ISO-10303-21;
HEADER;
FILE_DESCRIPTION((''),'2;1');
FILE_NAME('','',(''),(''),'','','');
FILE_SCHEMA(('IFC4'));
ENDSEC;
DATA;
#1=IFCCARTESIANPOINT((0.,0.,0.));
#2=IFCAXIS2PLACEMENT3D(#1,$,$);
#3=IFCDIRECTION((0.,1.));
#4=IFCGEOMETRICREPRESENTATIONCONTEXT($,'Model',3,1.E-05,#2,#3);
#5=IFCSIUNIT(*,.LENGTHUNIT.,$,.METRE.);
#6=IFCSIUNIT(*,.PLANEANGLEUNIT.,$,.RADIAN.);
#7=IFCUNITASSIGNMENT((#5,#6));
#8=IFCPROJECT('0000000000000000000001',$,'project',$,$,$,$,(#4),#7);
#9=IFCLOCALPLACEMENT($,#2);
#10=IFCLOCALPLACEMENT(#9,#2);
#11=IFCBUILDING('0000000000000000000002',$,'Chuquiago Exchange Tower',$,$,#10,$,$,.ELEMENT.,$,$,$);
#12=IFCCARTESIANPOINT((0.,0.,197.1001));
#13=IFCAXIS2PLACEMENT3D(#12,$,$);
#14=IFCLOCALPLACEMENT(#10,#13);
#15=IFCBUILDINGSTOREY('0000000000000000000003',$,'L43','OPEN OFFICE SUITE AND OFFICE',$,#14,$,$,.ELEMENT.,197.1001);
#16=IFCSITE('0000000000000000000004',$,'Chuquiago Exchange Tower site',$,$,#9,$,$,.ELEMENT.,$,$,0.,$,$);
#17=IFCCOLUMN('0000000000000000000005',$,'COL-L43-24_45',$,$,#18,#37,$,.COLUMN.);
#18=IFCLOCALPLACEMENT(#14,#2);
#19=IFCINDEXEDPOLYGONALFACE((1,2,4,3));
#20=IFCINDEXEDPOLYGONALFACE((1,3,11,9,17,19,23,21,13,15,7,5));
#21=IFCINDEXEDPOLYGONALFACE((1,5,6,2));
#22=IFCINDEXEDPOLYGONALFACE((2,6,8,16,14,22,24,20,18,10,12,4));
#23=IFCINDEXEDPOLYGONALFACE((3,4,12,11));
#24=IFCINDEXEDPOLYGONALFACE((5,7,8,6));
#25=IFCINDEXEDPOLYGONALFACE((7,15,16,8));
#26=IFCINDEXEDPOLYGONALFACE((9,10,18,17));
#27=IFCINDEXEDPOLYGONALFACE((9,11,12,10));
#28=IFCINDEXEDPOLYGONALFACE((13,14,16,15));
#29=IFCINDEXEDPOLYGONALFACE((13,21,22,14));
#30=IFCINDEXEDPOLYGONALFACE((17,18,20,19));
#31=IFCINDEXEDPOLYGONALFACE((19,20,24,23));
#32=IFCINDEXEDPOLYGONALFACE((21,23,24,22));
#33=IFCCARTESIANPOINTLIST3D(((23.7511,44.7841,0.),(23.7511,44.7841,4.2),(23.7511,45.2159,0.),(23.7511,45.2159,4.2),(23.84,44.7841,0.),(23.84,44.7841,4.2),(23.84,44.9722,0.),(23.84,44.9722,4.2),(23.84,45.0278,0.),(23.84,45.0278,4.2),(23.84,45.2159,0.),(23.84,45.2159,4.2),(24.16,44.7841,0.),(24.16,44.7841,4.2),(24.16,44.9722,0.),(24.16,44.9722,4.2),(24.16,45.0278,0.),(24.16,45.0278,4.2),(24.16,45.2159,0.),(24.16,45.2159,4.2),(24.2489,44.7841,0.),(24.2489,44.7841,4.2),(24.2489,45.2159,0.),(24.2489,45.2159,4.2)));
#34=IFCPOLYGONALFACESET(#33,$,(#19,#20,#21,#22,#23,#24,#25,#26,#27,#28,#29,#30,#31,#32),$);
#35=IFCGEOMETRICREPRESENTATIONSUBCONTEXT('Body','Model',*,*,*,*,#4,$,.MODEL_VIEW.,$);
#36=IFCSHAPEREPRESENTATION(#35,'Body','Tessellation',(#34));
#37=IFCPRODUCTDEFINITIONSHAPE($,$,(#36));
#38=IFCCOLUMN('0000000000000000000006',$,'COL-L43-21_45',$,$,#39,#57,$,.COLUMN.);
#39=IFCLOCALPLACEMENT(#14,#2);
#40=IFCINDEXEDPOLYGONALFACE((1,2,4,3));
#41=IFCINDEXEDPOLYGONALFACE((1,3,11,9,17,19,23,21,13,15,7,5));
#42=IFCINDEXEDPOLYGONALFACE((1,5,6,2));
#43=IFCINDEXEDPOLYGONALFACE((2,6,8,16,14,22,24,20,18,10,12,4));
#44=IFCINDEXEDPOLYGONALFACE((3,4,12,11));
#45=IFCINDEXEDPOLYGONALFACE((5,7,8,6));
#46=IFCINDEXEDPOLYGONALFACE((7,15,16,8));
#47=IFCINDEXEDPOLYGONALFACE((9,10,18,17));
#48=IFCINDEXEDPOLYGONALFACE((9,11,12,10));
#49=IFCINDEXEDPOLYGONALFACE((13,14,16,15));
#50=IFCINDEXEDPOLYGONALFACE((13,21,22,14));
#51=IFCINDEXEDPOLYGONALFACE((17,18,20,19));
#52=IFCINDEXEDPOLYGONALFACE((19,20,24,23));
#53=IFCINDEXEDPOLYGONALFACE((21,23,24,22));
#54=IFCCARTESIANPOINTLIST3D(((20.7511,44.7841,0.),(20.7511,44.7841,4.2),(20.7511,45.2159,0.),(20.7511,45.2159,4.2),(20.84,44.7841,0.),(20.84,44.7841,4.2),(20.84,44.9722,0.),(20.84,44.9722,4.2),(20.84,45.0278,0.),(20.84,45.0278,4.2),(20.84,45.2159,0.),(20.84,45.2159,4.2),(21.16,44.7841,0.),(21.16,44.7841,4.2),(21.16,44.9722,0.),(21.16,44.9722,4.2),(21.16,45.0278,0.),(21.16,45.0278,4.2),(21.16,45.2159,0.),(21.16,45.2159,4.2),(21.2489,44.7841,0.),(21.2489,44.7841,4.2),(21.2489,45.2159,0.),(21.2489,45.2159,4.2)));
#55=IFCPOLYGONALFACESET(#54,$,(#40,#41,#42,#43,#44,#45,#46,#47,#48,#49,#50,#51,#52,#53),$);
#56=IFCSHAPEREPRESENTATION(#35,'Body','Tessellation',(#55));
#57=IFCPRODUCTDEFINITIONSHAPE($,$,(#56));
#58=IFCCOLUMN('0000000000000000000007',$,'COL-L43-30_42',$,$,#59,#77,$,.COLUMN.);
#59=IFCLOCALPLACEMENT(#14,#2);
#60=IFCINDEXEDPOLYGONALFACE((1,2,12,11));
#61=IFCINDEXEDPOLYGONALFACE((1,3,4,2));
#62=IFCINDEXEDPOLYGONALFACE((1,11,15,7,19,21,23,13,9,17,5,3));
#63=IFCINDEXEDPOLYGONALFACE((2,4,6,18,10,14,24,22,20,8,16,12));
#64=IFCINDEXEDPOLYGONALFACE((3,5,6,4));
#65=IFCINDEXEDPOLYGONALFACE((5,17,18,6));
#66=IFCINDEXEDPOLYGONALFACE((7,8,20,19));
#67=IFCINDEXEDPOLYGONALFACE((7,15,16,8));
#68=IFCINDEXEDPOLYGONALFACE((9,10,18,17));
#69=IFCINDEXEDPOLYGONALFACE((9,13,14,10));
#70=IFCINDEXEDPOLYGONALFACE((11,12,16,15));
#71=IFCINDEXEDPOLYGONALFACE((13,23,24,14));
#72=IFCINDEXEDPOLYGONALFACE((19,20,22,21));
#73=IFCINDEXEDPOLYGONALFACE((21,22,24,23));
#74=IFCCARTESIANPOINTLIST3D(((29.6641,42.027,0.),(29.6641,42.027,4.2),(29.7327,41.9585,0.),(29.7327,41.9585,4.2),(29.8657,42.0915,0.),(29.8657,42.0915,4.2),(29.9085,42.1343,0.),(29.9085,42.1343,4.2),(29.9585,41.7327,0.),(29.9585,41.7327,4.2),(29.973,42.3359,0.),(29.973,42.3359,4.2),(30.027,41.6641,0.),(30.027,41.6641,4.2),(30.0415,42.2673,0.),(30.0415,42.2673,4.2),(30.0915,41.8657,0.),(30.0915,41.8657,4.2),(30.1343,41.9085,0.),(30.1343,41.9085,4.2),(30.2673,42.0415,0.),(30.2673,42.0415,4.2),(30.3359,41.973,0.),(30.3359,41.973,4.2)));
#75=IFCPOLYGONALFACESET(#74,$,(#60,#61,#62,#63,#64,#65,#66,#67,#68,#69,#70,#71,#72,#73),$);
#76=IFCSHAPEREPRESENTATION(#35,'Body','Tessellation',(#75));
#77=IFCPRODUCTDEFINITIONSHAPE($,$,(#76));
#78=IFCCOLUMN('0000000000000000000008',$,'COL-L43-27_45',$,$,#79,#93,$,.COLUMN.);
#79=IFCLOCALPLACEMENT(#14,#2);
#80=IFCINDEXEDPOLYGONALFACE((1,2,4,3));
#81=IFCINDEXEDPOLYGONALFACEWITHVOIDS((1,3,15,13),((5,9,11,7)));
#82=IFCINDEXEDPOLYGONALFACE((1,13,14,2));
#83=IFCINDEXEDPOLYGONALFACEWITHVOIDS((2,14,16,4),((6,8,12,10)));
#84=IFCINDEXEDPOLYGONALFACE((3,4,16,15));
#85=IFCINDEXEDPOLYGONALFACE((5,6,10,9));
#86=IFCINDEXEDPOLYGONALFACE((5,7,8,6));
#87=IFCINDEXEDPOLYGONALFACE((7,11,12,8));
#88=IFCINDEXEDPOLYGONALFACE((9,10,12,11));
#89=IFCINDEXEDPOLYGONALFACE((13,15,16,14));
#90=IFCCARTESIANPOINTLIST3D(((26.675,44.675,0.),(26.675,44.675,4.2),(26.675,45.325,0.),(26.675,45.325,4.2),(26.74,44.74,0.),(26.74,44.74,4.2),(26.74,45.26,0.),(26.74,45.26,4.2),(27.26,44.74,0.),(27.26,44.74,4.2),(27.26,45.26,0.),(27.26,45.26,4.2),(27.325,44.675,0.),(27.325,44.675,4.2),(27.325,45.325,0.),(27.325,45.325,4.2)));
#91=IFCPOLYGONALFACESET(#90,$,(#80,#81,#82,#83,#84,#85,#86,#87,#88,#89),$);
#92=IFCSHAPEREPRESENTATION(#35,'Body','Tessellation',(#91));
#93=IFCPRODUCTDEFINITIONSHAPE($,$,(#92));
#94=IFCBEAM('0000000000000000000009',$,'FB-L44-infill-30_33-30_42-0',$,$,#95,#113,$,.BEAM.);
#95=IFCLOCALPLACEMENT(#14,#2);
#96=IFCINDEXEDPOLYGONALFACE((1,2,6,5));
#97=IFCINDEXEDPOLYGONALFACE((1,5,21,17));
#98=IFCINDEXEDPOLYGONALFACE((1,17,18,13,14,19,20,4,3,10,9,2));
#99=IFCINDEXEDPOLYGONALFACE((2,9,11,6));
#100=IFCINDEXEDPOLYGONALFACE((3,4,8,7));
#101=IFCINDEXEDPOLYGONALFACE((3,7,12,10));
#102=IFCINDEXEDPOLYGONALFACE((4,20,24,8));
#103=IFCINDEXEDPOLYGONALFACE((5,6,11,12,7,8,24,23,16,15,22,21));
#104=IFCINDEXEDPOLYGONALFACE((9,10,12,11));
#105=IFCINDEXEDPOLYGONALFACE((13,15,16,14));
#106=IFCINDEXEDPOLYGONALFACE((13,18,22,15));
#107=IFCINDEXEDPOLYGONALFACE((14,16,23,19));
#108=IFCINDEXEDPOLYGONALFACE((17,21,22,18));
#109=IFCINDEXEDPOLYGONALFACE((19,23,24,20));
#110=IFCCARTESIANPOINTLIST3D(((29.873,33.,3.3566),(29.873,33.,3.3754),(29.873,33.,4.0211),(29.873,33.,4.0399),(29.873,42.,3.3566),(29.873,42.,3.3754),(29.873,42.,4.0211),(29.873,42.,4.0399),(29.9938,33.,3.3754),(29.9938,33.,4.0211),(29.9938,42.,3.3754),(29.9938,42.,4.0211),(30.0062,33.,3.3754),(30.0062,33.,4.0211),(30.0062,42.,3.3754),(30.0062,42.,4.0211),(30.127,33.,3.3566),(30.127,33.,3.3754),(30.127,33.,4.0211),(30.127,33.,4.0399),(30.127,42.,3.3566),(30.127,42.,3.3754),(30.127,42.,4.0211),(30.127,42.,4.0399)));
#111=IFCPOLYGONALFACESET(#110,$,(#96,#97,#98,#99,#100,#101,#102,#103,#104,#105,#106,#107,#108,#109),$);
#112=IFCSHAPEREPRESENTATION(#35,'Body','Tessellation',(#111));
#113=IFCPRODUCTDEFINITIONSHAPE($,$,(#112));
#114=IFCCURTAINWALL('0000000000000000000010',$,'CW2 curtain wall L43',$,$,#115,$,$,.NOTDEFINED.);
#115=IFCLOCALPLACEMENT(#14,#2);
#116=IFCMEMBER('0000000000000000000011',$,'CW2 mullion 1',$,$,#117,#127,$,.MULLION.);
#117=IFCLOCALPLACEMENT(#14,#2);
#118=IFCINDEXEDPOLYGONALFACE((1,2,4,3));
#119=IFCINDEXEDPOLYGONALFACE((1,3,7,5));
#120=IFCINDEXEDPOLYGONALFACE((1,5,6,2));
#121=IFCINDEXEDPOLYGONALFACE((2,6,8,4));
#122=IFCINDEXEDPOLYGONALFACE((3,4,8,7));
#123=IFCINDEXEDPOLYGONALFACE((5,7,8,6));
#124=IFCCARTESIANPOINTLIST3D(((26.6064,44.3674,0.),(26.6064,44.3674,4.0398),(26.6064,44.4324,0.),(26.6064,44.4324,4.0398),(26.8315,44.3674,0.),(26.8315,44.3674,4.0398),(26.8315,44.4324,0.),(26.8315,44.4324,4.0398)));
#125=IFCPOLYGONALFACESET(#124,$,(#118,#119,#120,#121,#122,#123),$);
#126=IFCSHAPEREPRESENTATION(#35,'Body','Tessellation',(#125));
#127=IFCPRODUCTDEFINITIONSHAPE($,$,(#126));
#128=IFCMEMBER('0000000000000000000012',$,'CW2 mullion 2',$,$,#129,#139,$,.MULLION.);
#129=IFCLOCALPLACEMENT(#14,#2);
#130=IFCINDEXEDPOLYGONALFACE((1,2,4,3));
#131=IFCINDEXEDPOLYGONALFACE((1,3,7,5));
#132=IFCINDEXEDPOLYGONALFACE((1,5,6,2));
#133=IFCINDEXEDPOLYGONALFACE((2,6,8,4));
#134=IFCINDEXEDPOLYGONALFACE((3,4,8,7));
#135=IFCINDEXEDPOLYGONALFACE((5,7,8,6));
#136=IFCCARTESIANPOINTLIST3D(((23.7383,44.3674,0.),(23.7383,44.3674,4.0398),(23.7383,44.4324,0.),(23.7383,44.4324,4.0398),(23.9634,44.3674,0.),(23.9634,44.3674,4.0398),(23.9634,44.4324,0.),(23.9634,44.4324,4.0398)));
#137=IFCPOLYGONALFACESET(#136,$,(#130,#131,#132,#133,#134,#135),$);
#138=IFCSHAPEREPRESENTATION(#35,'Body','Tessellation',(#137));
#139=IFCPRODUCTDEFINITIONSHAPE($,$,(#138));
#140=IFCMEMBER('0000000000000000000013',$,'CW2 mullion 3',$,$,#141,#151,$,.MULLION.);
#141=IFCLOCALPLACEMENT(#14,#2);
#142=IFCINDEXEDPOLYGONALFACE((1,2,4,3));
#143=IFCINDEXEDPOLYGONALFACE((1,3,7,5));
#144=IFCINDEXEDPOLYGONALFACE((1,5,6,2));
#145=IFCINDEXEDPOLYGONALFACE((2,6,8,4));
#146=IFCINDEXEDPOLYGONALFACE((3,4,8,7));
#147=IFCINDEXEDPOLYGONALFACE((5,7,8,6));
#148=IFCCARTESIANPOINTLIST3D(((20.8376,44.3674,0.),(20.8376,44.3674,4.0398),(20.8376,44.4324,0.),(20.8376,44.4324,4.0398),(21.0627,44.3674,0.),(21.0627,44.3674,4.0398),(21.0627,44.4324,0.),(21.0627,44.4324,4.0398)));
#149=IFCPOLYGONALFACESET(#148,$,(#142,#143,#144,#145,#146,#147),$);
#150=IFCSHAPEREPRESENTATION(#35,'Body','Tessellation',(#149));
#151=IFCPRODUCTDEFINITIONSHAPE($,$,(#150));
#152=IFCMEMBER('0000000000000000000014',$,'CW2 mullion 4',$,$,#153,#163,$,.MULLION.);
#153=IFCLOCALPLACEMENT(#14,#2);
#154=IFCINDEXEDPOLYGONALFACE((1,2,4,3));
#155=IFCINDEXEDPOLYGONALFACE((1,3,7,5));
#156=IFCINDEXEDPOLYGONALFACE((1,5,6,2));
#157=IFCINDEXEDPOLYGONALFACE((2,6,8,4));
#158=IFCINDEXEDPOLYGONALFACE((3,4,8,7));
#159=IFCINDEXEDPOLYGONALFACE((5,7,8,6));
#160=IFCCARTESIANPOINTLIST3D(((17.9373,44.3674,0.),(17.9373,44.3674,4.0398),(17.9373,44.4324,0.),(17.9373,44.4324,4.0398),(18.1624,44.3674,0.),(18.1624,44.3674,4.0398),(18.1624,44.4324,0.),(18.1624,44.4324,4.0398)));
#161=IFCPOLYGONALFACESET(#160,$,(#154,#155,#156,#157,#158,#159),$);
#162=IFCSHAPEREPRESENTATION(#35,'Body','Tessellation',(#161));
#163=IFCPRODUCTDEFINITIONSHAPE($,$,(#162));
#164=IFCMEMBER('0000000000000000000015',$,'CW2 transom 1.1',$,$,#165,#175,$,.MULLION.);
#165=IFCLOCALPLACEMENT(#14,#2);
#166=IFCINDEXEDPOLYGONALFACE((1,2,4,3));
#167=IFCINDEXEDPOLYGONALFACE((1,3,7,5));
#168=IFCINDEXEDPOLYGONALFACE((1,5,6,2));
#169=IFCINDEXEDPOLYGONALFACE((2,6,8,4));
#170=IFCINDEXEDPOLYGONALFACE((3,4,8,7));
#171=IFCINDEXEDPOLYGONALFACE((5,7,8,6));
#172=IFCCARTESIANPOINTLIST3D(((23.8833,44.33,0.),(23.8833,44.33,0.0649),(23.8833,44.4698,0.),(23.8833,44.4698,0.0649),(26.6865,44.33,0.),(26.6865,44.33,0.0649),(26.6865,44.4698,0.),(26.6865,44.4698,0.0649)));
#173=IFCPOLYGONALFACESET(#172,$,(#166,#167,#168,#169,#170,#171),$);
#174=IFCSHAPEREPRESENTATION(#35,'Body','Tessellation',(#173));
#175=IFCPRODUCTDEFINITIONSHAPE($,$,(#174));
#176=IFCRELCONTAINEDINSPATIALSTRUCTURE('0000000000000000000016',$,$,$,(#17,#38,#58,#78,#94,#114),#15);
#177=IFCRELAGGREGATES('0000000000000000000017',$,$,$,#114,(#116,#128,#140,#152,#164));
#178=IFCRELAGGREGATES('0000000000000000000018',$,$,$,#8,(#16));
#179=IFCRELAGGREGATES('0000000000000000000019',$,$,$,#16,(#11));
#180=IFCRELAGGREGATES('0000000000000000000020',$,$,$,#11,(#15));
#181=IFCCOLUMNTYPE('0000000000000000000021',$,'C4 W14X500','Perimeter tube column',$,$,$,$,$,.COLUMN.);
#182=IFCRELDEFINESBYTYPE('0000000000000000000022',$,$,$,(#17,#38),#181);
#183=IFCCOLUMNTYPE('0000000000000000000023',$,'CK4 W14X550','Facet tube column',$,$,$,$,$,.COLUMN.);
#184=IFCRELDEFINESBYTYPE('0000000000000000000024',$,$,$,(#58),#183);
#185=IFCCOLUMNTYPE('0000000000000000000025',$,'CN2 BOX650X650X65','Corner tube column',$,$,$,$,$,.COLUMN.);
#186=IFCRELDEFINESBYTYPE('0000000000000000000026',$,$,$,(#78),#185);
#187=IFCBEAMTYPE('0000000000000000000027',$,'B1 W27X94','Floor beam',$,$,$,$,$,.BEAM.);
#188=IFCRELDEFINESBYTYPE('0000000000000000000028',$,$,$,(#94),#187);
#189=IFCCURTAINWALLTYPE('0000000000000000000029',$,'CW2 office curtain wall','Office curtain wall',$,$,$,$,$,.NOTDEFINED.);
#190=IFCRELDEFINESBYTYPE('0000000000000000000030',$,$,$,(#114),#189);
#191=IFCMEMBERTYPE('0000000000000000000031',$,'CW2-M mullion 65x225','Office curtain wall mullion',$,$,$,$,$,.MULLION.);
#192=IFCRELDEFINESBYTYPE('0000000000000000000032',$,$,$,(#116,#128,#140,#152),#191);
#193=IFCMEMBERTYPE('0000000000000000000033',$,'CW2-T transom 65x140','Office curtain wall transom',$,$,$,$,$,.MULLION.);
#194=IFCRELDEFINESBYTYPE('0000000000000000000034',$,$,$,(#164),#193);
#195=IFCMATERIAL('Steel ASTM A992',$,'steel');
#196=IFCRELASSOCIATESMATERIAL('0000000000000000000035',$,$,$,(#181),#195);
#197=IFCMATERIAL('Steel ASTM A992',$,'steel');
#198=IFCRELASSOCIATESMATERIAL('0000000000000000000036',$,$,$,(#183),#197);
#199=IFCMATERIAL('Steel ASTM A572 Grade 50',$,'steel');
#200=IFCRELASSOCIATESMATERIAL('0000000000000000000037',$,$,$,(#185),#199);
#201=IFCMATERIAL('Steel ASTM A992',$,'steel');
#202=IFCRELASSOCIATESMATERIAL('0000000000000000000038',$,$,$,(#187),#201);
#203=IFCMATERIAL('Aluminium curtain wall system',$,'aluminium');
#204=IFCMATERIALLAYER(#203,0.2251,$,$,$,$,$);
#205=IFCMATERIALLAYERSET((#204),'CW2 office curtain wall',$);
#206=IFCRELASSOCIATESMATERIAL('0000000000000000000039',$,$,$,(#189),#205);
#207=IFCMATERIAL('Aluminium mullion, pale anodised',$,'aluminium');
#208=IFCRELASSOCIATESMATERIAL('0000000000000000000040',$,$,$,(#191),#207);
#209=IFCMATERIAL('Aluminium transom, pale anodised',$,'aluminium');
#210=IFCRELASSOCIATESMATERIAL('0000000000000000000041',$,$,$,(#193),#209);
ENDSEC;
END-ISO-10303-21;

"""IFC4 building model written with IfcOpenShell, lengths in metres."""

from ifc_helpers import new_model, si_unit, direction, frame, origin, origin_2d, place, context, subcontext, project, spatial, rectangle, hollow_rectangle, i_section, extrude, material, layer, layer_set, material_profile, profile_set, type_object, element, aggregate, save


model = new_model("IFC4")

# Units and contexts
model_context = context("Model", 3, precision=1e-05, world=origin(), true_north=direction((0.0, 1.0)))
body_context = subcontext(model_context, "Body", "Model", "MODEL_VIEW")
ifc_project = project(units=[si_unit("LENGTHUNIT", "METRE"), si_unit("PLANEANGLEUNIT", "RADIAN")], contexts=[model_context])

# Site, building, storey
site_placement = place(None, origin())
site = spatial("IfcSite", under=ifc_project, at=site_placement, Name="Chuquiago Exchange Tower site", CompositionType="ELEMENT", RefElevation=0.0)
building_placement = place(site_placement, origin())
building = spatial("IfcBuilding", under=site, at=building_placement, Name="Chuquiago Exchange Tower", CompositionType="ELEMENT")
storey_placement = place(building_placement, frame((0.0, 0.0, 197.1001)))
storey = spatial("IfcBuildingStorey", under=building, at=storey_placement, Name="L43", Description="OPEN OFFICE SUITE AND OFFICE", CompositionType="ELEMENT", Elevation=197.1001)

# Columns
ifc_material_1 = material(Name="Steel ASTM A992", Category="steel")
ifc_material_profile_1 = material_profile(ifc_material_1, i_section(OverallWidth=0.4319, OverallDepth=0.4978, WebThickness=0.0557, FlangeThickness=0.0889, at=origin_2d()), Name="W14X500")
ifc_profile_set_1 = profile_set([ifc_material_profile_1], Name="Steel ASTM A992")
column_type_1 = type_object("IfcColumnType", Name="C4 W14X500", Description="Perimeter tube column", PredefinedType="COLUMN", material=ifc_profile_set_1)
for number, where, z_axis, x_axis, name in (
    (1, (24.0, 45.0, 0.0), (0.0, 0.0, 1.0), (0.0, 1.0, 0.0), "COL-L43-24_45"),
    (2, (21.0, 45.0, 0.0), (0.0, 0.0, 1.0), (0.0, 1.0, 0.0), "COL-L43-21_45"),
):
    element("IfcColumn", number, at=place(storey_placement, frame(where, z_axis=z_axis, x_axis=x_axis)), inside=storey, type_object=column_type_1, Name=name, PredefinedType="COLUMN", context=body_context, shape_type="SweptSolid", body=[
        extrude(i_section(OverallWidth=0.4319, OverallDepth=0.4978, WebThickness=0.0557, FlangeThickness=0.0889, at=origin_2d()), origin(), (0.0, 0.0, 1.0), 4.2),
    ])
ifc_material_2 = material(Name="Steel ASTM A992", Category="steel")
ifc_material_profile_2 = material_profile(ifc_material_2, i_section(OverallWidth=0.4368, OverallDepth=0.5132, WebThickness=0.0605, FlangeThickness=0.0969, at=origin_2d()), Name="W14X550")
ifc_profile_set_2 = profile_set([ifc_material_profile_2], Name="Steel ASTM A992")
column_type_2 = type_object("IfcColumnType", Name="CK4 W14X550", Description="Facet tube column", PredefinedType="COLUMN", material=ifc_profile_set_2)
column_1_placement = place(storey_placement, frame((30.0, 42.0, 0.0), z_axis=(0.0, 0.0, 1.0), x_axis=(0.707107, 0.707107, 0.0)))
element("IfcColumn", 3, at=column_1_placement, inside=storey, type_object=column_type_2, Name="COL-L43-30_42", PredefinedType="COLUMN", context=body_context, shape_type="SweptSolid", body=[
    extrude(i_section(OverallWidth=0.4368, OverallDepth=0.5132, WebThickness=0.0605, FlangeThickness=0.0969, at=origin_2d()), origin(), (0.0, 0.0, 1.0), 4.2),
])
ifc_material_3 = material(Name="Steel ASTM A572 Grade 50", Category="steel")
ifc_material_profile_3 = material_profile(ifc_material_3, hollow_rectangle(XDim=0.6499, YDim=0.6499, WallThickness=0.0649, at=origin_2d()), Name="BOX650X650X65")
ifc_profile_set_3 = profile_set([ifc_material_profile_3], Name="Steel ASTM A572 Grade 50")
column_type_3 = type_object("IfcColumnType", Name="CN2 BOX650X650X65", Description="Corner tube column", PredefinedType="COLUMN", material=ifc_profile_set_3)
column_2_placement = place(storey_placement, frame((27.0, 45.0, 0.0), z_axis=(0.0, 0.0, 1.0), x_axis=(0.0, 1.0, 0.0)))
element("IfcColumn", 4, at=column_2_placement, inside=storey, type_object=column_type_3, Name="COL-L43-27_45", PredefinedType="COLUMN", context=body_context, shape_type="SweptSolid", body=[
    extrude(hollow_rectangle(XDim=0.6499, YDim=0.6499, WallThickness=0.0649, at=origin_2d()), origin(), (0.0, 0.0, 1.0), 4.2),
])

# Beam
ifc_material_4 = material(Name="Steel ASTM A992", Category="steel")
ifc_material_profile_4 = material_profile(ifc_material_4, i_section(OverallWidth=0.2539, OverallDepth=0.6833, WebThickness=0.0125, FlangeThickness=0.0188, at=origin_2d()), Name="W27X94")
ifc_profile_set_4 = profile_set([ifc_material_profile_4], Name="Steel ASTM A992")
beam_type_1 = type_object("IfcBeamType", Name="B1 W27X94", Description="Floor beam", PredefinedType="BEAM", material=ifc_profile_set_4)
beam_placement = place(storey_placement, frame((30.0, 33.0, 3.6982), z_axis=(0.0, 1.0, 0.0), x_axis=(-1.0, 0.0, 0.0)))
element("IfcBeam", 5, at=beam_placement, inside=storey, type_object=beam_type_1, Name="FB-L44-infill-30_33-30_42-0", PredefinedType="BEAM", context=body_context, shape_type="SweptSolid", body=[
    extrude(i_section(OverallWidth=0.2539, OverallDepth=0.6833, WebThickness=0.0125, FlangeThickness=0.0188, at=origin_2d()), origin(), (0.0, 0.0, 1.0), 9.0),
])

# Curtain wall, members
ifc_material_5 = material(Name="Aluminium curtain wall system", Category="aluminium")
ifc_layer_1 = layer(ifc_material_5, 0.2251)
ifc_layer_set_1 = layer_set([ifc_layer_1], Name="CW2 office curtain wall")
curtain_wall_type_1 = type_object("IfcCurtainWallType", Name="CW2 office curtain wall", Description="Office curtain wall", PredefinedType="NOTDEFINED", material=ifc_layer_set_1)
curtain_wall_1_placement = place(storey_placement, origin())
curtain_wall_1 = element("IfcCurtainWall", 6, at=curtain_wall_1_placement, inside=storey, type_object=curtain_wall_type_1, Name="CW2 curtain wall L43", PredefinedType="NOTDEFINED")
ifc_material_6 = material(Name="Aluminium mullion, pale anodised", Category="aluminium")
ifc_material_profile_5 = material_profile(ifc_material_6, rectangle(XDim=0.0649, YDim=0.2251, at=origin_2d()), Name="AL 65x225")
ifc_profile_set_5 = profile_set([ifc_material_profile_5], Name="Aluminium mullion, pale anodised")
member_type_1 = type_object("IfcMemberType", Name="CW2-M mullion 65x225", Description="Office curtain wall mullion", PredefinedType="MULLION", material=ifc_profile_set_5)
member_1_placement = place(storey_placement, frame((26.719, 44.3999, 0.0), z_axis=(0.0, 0.0, 1.0), x_axis=(0.0, -1.0, 0.0)))
member_1 = element("IfcMember", 7, at=member_1_placement, type_object=member_type_1, Name="CW2 mullion 1", PredefinedType="MULLION", context=body_context, shape_type="SweptSolid", body=[
    extrude(rectangle(XDim=0.0649, YDim=0.2251, at=origin_2d()), origin(), (0.0, 0.0, 1.0), 4.0398),
])
member_2_placement = place(storey_placement, frame((23.8508, 44.3999, 0.0), z_axis=(0.0, 0.0, 1.0), x_axis=(0.0, -1.0, 0.0)))
member_2 = element("IfcMember", 8, at=member_2_placement, type_object=member_type_1, Name="CW2 mullion 2", PredefinedType="MULLION", context=body_context, shape_type="SweptSolid", body=[
    extrude(rectangle(XDim=0.0649, YDim=0.2251, at=origin_2d()), origin(), (0.0, 0.0, 1.0), 4.0398),
])
member_3_placement = place(storey_placement, frame((20.9502, 44.3999, 0.0), z_axis=(0.0, 0.0, 1.0), x_axis=(0.0, -1.0, 0.0)))
member_3 = element("IfcMember", 9, at=member_3_placement, type_object=member_type_1, Name="CW2 mullion 3", PredefinedType="MULLION", context=body_context, shape_type="SweptSolid", body=[
    extrude(rectangle(XDim=0.0649, YDim=0.2251, at=origin_2d()), origin(), (0.0, 0.0, 1.0), 4.0398),
])
member_4_placement = place(storey_placement, frame((18.0498, 44.3999, 0.0), z_axis=(0.0, 0.0, 1.0), x_axis=(0.0, -1.0, 0.0)))
member_4 = element("IfcMember", 10, at=member_4_placement, type_object=member_type_1, Name="CW2 mullion 4", PredefinedType="MULLION", context=body_context, shape_type="SweptSolid", body=[
    extrude(rectangle(XDim=0.0649, YDim=0.2251, at=origin_2d()), origin(), (0.0, 0.0, 1.0), 4.0398),
])
ifc_material_7 = material(Name="Aluminium transom, pale anodised", Category="aluminium")
ifc_material_profile_6 = material_profile(ifc_material_7, rectangle(XDim=0.1399, YDim=0.0649, at=origin_2d()), Name="AL 140x65")
ifc_profile_set_6 = profile_set([ifc_material_profile_6], Name="Aluminium transom, pale anodised")
member_type_2 = type_object("IfcMemberType", Name="CW2-T transom 65x140", Description="Office curtain wall transom", PredefinedType="MULLION", material=ifc_profile_set_6)
member_5_placement = place(storey_placement, frame((26.6865, 44.3999, 0.0325), z_axis=(-1.0, 0.0, 0.0), x_axis=(0.0, -1.0, 0.0)))
member_5 = element("IfcMember", 11, at=member_5_placement, type_object=member_type_2, Name="CW2 transom 1.1", PredefinedType="MULLION", context=body_context, shape_type="SweptSolid", body=[
    extrude(rectangle(XDim=0.1399, YDim=0.0649, at=origin_2d()), origin(), (0.0, 0.0, 1.0), 2.8032),
])

aggregate(curtain_wall_1, [member_1, member_2, member_3, member_4, member_5])

save(model, "model.ifc")
